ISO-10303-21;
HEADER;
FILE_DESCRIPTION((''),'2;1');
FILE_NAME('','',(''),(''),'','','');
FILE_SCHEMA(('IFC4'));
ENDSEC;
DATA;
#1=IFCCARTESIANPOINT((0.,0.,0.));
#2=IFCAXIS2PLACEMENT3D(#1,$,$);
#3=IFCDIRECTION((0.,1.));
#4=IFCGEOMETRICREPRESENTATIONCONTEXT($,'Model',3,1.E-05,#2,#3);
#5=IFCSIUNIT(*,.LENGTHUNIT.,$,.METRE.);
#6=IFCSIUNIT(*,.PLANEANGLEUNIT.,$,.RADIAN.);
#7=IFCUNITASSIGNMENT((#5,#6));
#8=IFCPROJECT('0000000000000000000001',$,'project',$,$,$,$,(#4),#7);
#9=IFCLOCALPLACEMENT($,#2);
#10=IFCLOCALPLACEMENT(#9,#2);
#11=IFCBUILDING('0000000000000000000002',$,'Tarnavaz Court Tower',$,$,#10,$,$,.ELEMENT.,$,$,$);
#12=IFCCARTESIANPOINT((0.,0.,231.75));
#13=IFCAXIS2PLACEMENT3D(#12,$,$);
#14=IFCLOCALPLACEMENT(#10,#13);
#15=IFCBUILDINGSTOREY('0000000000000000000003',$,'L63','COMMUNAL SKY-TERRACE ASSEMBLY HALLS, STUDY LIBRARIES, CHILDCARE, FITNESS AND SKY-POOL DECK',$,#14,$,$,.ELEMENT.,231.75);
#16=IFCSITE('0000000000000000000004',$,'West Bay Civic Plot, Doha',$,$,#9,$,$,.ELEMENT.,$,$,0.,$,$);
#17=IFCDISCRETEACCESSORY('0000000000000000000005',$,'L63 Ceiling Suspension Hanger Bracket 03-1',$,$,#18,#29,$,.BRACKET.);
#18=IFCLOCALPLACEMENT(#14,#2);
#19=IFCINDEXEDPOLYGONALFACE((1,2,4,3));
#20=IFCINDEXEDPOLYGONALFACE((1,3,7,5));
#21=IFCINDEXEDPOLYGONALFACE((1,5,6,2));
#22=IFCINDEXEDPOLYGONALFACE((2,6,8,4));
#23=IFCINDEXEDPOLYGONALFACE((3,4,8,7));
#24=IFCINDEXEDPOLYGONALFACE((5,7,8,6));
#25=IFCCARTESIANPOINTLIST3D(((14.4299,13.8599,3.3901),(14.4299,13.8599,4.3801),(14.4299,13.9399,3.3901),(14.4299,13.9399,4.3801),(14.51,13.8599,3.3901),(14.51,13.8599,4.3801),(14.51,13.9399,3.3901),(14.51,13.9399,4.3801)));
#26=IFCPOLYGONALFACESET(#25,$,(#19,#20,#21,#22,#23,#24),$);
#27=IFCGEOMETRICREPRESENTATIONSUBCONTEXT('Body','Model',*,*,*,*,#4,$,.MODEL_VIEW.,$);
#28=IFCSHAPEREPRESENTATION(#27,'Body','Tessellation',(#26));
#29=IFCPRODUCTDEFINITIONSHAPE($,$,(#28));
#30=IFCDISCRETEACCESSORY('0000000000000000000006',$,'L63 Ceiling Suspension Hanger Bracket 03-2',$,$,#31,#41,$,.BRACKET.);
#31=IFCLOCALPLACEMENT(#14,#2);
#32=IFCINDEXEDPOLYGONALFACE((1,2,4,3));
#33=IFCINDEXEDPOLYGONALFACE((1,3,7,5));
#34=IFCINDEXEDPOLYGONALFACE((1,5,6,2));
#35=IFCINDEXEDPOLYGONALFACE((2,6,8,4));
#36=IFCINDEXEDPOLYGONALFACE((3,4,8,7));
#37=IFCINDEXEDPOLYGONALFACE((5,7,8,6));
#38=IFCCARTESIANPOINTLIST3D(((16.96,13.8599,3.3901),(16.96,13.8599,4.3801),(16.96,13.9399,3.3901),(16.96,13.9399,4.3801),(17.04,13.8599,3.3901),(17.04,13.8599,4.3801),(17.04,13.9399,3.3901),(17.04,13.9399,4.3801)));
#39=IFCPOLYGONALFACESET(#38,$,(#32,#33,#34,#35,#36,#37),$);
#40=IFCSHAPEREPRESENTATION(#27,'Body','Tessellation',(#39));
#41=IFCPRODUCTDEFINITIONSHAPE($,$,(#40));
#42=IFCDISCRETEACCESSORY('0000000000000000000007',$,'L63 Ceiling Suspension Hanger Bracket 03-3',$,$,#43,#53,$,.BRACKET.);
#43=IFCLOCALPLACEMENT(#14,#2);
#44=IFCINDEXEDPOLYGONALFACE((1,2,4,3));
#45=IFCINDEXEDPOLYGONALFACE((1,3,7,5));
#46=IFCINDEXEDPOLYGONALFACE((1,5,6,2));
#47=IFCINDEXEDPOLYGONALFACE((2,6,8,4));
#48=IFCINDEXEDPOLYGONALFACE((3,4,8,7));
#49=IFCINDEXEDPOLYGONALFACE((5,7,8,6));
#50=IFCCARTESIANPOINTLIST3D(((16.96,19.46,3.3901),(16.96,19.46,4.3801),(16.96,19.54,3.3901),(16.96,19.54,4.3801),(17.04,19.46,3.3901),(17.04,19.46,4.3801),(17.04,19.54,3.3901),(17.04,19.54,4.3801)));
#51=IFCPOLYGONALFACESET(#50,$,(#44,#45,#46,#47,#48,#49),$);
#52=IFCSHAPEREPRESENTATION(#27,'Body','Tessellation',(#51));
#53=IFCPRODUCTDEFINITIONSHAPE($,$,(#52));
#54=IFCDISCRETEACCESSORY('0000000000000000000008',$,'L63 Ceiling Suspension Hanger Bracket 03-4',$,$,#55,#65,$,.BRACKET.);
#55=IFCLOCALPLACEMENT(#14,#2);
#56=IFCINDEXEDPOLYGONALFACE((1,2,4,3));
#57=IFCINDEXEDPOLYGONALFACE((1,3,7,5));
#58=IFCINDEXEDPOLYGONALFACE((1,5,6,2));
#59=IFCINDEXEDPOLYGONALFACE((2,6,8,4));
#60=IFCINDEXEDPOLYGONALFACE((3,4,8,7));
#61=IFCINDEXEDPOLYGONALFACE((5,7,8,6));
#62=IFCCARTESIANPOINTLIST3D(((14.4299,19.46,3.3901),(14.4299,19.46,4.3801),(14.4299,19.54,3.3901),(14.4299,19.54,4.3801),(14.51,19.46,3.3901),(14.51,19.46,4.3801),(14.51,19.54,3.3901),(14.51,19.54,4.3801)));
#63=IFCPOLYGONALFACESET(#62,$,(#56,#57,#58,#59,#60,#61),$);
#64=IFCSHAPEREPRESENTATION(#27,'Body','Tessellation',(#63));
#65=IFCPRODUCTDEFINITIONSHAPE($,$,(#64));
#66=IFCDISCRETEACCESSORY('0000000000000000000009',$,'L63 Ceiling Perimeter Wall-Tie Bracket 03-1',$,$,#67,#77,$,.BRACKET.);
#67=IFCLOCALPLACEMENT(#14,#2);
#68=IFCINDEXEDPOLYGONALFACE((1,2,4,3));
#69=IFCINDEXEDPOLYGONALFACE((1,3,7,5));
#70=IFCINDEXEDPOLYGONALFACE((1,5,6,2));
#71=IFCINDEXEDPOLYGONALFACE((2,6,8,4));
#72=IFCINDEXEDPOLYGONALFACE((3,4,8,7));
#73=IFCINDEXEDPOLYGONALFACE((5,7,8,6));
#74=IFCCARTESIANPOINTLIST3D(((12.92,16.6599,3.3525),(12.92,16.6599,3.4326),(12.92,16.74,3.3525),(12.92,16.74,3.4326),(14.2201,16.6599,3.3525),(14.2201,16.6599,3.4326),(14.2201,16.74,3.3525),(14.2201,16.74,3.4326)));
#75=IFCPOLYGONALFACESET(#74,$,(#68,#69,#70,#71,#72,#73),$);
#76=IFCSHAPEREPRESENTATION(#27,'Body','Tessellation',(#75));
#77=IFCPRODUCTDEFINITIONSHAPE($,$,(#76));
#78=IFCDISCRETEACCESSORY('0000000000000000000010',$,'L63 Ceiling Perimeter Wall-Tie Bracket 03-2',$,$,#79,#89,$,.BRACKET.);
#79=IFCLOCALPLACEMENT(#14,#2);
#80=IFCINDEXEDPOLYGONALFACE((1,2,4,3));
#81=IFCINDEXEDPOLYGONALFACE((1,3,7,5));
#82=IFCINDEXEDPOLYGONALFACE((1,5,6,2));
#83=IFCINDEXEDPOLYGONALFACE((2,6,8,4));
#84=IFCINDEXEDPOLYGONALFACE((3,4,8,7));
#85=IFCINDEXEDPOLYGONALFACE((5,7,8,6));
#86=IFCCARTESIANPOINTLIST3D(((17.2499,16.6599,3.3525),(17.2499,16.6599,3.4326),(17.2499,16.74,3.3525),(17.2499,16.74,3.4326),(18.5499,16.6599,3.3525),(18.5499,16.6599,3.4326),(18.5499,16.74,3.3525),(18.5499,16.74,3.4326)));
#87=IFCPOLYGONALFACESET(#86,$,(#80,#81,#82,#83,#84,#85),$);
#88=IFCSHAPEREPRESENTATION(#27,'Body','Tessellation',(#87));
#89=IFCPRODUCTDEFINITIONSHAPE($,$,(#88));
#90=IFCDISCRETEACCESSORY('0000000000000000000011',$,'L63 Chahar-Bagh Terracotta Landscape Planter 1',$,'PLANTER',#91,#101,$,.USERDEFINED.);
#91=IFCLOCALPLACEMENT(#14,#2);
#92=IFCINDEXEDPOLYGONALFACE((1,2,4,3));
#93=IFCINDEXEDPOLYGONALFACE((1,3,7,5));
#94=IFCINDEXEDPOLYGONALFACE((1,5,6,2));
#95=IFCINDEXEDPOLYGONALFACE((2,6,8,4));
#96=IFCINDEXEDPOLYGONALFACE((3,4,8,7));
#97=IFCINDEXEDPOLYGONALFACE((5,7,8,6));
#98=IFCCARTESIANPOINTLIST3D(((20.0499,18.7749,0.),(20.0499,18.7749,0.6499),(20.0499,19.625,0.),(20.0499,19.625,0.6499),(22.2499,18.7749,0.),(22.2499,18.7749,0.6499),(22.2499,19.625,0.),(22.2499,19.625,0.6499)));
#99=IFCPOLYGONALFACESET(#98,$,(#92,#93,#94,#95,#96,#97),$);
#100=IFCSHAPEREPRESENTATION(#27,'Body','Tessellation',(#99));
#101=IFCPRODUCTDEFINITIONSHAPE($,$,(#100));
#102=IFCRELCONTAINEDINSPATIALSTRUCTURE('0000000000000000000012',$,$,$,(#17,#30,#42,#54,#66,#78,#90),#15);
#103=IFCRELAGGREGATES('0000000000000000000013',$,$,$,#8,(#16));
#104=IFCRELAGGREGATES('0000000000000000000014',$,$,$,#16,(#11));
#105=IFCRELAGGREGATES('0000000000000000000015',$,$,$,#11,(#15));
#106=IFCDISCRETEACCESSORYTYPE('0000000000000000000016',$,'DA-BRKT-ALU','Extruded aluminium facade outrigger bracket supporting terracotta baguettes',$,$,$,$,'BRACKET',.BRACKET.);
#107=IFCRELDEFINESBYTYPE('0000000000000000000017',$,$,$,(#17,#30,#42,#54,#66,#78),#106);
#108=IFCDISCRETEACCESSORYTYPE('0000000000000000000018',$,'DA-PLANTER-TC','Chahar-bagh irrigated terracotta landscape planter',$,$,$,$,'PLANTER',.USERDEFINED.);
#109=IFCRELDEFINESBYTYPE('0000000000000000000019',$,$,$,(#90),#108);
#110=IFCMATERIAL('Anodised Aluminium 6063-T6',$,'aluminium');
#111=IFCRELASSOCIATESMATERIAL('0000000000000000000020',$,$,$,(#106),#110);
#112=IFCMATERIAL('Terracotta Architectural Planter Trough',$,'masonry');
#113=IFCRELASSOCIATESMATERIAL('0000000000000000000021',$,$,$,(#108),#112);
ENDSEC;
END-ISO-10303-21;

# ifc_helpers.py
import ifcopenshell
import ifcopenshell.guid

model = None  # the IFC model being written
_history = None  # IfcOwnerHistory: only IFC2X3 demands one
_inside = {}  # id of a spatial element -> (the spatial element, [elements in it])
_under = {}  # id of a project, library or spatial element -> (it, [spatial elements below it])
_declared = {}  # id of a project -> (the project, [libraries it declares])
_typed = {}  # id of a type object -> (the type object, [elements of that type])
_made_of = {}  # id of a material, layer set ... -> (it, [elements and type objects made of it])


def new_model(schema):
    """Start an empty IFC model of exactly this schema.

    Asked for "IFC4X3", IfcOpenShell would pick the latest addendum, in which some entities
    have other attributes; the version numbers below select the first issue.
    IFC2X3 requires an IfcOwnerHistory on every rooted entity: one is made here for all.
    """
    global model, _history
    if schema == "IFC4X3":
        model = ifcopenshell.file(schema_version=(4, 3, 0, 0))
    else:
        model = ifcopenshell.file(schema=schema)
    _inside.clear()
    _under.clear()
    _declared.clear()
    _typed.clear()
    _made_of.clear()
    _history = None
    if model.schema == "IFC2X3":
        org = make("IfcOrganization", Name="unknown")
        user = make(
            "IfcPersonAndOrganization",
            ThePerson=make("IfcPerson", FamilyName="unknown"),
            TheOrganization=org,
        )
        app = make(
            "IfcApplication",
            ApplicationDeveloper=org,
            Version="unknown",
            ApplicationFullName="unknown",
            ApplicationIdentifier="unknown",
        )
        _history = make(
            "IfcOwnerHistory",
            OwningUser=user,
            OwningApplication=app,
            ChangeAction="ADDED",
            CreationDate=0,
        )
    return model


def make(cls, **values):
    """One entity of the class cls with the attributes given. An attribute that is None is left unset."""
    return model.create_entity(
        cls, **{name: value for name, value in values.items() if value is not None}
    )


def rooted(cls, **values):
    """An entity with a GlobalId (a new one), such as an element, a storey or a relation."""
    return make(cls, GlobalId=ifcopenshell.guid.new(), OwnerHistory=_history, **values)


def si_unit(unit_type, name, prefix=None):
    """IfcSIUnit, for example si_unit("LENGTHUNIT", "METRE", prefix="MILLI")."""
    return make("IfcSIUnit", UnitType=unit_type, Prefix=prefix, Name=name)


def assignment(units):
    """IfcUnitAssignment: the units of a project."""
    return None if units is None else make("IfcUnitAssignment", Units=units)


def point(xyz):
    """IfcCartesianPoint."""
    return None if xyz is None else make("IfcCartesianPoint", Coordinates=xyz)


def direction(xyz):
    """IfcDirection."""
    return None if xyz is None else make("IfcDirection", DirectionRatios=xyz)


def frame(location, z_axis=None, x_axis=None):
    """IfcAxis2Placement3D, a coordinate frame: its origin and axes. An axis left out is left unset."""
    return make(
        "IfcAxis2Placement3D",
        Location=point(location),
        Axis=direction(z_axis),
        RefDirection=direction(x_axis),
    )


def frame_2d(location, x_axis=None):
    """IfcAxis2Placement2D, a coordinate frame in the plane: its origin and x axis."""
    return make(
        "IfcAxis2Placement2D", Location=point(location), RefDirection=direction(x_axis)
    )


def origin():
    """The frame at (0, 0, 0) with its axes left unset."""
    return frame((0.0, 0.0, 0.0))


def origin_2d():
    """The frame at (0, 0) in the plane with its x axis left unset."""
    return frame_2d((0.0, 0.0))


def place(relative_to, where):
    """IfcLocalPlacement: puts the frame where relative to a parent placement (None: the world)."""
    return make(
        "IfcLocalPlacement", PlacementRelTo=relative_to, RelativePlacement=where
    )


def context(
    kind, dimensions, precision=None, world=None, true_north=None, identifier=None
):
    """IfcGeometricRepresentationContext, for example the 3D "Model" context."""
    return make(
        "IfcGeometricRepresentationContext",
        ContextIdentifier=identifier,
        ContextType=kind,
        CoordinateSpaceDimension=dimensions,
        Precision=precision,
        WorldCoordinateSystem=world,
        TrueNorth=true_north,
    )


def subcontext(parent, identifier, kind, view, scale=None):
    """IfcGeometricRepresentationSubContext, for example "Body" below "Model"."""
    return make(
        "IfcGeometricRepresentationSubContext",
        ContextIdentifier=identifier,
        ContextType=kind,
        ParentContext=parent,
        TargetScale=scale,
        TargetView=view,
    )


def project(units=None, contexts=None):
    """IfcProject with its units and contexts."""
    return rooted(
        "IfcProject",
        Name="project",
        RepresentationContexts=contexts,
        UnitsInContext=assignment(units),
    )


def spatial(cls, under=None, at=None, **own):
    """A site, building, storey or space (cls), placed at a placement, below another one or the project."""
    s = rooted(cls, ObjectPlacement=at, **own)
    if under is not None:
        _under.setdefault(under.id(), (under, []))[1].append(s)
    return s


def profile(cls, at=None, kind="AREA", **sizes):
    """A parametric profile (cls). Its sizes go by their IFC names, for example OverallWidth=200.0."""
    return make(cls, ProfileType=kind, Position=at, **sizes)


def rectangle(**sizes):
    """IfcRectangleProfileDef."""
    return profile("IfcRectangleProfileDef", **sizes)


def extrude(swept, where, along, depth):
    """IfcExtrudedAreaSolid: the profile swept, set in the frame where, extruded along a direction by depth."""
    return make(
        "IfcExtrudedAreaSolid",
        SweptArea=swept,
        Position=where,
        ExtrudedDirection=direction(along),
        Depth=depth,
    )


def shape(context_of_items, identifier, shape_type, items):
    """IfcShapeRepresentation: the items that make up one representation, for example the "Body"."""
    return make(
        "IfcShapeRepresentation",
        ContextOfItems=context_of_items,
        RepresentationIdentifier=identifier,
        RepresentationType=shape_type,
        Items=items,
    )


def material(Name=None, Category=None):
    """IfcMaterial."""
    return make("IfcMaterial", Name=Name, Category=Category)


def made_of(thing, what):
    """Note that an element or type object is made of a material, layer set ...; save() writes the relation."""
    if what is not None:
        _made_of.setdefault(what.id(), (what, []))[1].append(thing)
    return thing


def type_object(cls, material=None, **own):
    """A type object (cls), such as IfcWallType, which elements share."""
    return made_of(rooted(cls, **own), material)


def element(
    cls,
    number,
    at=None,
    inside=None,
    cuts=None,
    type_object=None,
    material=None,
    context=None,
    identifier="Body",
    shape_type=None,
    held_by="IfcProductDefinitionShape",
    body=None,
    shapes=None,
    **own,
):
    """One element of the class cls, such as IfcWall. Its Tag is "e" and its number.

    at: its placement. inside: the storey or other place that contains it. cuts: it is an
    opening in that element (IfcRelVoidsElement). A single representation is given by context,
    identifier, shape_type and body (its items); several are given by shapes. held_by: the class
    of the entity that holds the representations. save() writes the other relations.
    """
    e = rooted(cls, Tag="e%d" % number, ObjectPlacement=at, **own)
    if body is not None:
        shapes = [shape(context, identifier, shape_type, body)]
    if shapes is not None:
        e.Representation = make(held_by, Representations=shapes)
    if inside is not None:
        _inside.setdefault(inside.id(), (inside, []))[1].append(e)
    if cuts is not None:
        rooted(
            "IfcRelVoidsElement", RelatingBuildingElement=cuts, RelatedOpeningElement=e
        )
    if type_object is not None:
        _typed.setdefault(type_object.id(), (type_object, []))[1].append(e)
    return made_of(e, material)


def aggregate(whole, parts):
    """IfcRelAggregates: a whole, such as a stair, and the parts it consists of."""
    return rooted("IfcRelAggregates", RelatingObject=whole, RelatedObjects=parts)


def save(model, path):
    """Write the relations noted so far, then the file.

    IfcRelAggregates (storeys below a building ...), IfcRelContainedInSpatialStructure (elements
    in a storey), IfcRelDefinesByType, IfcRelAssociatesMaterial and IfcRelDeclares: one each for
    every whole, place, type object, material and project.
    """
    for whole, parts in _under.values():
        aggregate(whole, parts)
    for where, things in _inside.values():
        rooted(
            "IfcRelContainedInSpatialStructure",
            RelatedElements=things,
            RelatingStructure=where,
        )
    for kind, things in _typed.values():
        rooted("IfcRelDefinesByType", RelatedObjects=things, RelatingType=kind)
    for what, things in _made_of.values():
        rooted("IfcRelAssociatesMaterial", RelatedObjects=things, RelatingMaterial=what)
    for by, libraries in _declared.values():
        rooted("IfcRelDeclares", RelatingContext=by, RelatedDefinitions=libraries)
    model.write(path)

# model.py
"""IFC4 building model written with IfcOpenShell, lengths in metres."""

from ifc_helpers import new_model, si_unit, direction, frame, origin, origin_2d, place, context, subcontext, project, spatial, rectangle, extrude, material, type_object, element, save


model = new_model("IFC4")

# Units and contexts
model_context = context("Model", 3, precision=1e-05, world=origin(), true_north=direction((0.0, 1.0)))
body_context = subcontext(model_context, "Body", "Model", "MODEL_VIEW")
ifc_project = project(units=[si_unit("LENGTHUNIT", "METRE"), si_unit("PLANEANGLEUNIT", "RADIAN")], contexts=[model_context])

# Site, building, storey
site_placement = place(None, origin())
site = spatial("IfcSite", under=ifc_project, at=site_placement, Name="West Bay Civic Plot, Doha", CompositionType="ELEMENT", RefElevation=0.0)
building_placement = place(site_placement, origin())
building = spatial("IfcBuilding", under=site, at=building_placement, Name="Tarnavaz Court Tower", CompositionType="ELEMENT")
storey_placement = place(building_placement, frame((0.0, 0.0, 231.75)))
storey = spatial("IfcBuildingStorey", under=building, at=storey_placement, Name="L63", Description="COMMUNAL SKY-TERRACE ASSEMBLY HALLS, STUDY LIBRARIES, CHILDCARE, FITNESS AND SKY-POOL DECK", CompositionType="ELEMENT", Elevation=231.75)

# Shared definitions
ifc_material_1 = material(Name="Anodised Aluminium 6063-T6", Category="aluminium")

# Discrete accessories
discrete_accessory_type_1 = type_object("IfcDiscreteAccessoryType", Name="DA-BRKT-ALU", Description="Extruded aluminium facade outrigger bracket supporting terracotta baguettes", ElementType="BRACKET", PredefinedType="BRACKET", material=ifc_material_1)
for number, where, z_axis, x_axis, name in (
    (1, (14.47, 13.8999, 3.3901), (0.0, 0.0, 1.0), (1.0, 0.0, 0.0), "L63 Ceiling Suspension Hanger Bracket 03-1"),
    (2, (17.0, 13.8999, 3.3901), (0.0, 0.0, 1.0), (1.0, 0.0, 0.0), "L63 Ceiling Suspension Hanger Bracket 03-2"),
    (3, (17.0, 19.5, 3.3901), (0.0, 0.0, 1.0), (1.0, 0.0, 0.0), "L63 Ceiling Suspension Hanger Bracket 03-3"),
    (4, (14.47, 19.5, 3.3901), (0.0, 0.0, 1.0), (1.0, 0.0, 0.0), "L63 Ceiling Suspension Hanger Bracket 03-4"),
):
    element("IfcDiscreteAccessory", number, at=place(storey_placement, frame(where, z_axis=z_axis, x_axis=x_axis)), inside=storey, type_object=discrete_accessory_type_1, Name=name, PredefinedType="BRACKET", context=body_context, shape_type="SweptSolid", body=[
        extrude(rectangle(XDim=0.0801, YDim=0.0801, at=origin_2d()), origin(), (0.0, 0.0, 1.0), 0.99),
    ])
for number, where, z_axis, x_axis, name in (
    (5, (13.5701, 16.7, 3.3525), (0.0, 0.0, 1.0), (1.0, 0.0, 0.0), "L63 Ceiling Perimeter Wall-Tie Bracket 03-1"),
    (6, (17.8999, 16.7, 3.3525), (0.0, 0.0, 1.0), (1.0, 0.0, 0.0), "L63 Ceiling Perimeter Wall-Tie Bracket 03-2"),
):
    element("IfcDiscreteAccessory", number, at=place(storey_placement, frame(where, z_axis=z_axis, x_axis=x_axis)), inside=storey, type_object=discrete_accessory_type_1, Name=name, PredefinedType="BRACKET", context=body_context, shape_type="SweptSolid", body=[
        extrude(rectangle(XDim=1.3, YDim=0.0801, at=origin_2d()), origin(), (0.0, 0.0, 1.0), 0.0801),
    ])
ifc_material_2 = material(Name="Terracotta Architectural Planter Trough", Category="masonry")
discrete_accessory_type_2 = type_object("IfcDiscreteAccessoryType", Name="DA-PLANTER-TC", Description="Chahar-bagh irrigated terracotta landscape planter", ElementType="PLANTER", PredefinedType="USERDEFINED", material=ifc_material_2)
discrete_accessory_placement = place(storey_placement, frame((21.1499, 19.2, 0.0), z_axis=(0.0, 0.0, 1.0), x_axis=(1.0, 0.0, 0.0)))
element("IfcDiscreteAccessory", 7, at=discrete_accessory_placement, inside=storey, type_object=discrete_accessory_type_2, Name="L63 Chahar-Bagh Terracotta Landscape Planter 1", ObjectType="PLANTER", PredefinedType="USERDEFINED", context=body_context, shape_type="SweptSolid", body=[
    extrude(rectangle(XDim=2.2, YDim=0.8501, at=origin_2d()), origin(), (0.0, 0.0, 1.0), 0.6499),
])

save(model, "model.ifc")
